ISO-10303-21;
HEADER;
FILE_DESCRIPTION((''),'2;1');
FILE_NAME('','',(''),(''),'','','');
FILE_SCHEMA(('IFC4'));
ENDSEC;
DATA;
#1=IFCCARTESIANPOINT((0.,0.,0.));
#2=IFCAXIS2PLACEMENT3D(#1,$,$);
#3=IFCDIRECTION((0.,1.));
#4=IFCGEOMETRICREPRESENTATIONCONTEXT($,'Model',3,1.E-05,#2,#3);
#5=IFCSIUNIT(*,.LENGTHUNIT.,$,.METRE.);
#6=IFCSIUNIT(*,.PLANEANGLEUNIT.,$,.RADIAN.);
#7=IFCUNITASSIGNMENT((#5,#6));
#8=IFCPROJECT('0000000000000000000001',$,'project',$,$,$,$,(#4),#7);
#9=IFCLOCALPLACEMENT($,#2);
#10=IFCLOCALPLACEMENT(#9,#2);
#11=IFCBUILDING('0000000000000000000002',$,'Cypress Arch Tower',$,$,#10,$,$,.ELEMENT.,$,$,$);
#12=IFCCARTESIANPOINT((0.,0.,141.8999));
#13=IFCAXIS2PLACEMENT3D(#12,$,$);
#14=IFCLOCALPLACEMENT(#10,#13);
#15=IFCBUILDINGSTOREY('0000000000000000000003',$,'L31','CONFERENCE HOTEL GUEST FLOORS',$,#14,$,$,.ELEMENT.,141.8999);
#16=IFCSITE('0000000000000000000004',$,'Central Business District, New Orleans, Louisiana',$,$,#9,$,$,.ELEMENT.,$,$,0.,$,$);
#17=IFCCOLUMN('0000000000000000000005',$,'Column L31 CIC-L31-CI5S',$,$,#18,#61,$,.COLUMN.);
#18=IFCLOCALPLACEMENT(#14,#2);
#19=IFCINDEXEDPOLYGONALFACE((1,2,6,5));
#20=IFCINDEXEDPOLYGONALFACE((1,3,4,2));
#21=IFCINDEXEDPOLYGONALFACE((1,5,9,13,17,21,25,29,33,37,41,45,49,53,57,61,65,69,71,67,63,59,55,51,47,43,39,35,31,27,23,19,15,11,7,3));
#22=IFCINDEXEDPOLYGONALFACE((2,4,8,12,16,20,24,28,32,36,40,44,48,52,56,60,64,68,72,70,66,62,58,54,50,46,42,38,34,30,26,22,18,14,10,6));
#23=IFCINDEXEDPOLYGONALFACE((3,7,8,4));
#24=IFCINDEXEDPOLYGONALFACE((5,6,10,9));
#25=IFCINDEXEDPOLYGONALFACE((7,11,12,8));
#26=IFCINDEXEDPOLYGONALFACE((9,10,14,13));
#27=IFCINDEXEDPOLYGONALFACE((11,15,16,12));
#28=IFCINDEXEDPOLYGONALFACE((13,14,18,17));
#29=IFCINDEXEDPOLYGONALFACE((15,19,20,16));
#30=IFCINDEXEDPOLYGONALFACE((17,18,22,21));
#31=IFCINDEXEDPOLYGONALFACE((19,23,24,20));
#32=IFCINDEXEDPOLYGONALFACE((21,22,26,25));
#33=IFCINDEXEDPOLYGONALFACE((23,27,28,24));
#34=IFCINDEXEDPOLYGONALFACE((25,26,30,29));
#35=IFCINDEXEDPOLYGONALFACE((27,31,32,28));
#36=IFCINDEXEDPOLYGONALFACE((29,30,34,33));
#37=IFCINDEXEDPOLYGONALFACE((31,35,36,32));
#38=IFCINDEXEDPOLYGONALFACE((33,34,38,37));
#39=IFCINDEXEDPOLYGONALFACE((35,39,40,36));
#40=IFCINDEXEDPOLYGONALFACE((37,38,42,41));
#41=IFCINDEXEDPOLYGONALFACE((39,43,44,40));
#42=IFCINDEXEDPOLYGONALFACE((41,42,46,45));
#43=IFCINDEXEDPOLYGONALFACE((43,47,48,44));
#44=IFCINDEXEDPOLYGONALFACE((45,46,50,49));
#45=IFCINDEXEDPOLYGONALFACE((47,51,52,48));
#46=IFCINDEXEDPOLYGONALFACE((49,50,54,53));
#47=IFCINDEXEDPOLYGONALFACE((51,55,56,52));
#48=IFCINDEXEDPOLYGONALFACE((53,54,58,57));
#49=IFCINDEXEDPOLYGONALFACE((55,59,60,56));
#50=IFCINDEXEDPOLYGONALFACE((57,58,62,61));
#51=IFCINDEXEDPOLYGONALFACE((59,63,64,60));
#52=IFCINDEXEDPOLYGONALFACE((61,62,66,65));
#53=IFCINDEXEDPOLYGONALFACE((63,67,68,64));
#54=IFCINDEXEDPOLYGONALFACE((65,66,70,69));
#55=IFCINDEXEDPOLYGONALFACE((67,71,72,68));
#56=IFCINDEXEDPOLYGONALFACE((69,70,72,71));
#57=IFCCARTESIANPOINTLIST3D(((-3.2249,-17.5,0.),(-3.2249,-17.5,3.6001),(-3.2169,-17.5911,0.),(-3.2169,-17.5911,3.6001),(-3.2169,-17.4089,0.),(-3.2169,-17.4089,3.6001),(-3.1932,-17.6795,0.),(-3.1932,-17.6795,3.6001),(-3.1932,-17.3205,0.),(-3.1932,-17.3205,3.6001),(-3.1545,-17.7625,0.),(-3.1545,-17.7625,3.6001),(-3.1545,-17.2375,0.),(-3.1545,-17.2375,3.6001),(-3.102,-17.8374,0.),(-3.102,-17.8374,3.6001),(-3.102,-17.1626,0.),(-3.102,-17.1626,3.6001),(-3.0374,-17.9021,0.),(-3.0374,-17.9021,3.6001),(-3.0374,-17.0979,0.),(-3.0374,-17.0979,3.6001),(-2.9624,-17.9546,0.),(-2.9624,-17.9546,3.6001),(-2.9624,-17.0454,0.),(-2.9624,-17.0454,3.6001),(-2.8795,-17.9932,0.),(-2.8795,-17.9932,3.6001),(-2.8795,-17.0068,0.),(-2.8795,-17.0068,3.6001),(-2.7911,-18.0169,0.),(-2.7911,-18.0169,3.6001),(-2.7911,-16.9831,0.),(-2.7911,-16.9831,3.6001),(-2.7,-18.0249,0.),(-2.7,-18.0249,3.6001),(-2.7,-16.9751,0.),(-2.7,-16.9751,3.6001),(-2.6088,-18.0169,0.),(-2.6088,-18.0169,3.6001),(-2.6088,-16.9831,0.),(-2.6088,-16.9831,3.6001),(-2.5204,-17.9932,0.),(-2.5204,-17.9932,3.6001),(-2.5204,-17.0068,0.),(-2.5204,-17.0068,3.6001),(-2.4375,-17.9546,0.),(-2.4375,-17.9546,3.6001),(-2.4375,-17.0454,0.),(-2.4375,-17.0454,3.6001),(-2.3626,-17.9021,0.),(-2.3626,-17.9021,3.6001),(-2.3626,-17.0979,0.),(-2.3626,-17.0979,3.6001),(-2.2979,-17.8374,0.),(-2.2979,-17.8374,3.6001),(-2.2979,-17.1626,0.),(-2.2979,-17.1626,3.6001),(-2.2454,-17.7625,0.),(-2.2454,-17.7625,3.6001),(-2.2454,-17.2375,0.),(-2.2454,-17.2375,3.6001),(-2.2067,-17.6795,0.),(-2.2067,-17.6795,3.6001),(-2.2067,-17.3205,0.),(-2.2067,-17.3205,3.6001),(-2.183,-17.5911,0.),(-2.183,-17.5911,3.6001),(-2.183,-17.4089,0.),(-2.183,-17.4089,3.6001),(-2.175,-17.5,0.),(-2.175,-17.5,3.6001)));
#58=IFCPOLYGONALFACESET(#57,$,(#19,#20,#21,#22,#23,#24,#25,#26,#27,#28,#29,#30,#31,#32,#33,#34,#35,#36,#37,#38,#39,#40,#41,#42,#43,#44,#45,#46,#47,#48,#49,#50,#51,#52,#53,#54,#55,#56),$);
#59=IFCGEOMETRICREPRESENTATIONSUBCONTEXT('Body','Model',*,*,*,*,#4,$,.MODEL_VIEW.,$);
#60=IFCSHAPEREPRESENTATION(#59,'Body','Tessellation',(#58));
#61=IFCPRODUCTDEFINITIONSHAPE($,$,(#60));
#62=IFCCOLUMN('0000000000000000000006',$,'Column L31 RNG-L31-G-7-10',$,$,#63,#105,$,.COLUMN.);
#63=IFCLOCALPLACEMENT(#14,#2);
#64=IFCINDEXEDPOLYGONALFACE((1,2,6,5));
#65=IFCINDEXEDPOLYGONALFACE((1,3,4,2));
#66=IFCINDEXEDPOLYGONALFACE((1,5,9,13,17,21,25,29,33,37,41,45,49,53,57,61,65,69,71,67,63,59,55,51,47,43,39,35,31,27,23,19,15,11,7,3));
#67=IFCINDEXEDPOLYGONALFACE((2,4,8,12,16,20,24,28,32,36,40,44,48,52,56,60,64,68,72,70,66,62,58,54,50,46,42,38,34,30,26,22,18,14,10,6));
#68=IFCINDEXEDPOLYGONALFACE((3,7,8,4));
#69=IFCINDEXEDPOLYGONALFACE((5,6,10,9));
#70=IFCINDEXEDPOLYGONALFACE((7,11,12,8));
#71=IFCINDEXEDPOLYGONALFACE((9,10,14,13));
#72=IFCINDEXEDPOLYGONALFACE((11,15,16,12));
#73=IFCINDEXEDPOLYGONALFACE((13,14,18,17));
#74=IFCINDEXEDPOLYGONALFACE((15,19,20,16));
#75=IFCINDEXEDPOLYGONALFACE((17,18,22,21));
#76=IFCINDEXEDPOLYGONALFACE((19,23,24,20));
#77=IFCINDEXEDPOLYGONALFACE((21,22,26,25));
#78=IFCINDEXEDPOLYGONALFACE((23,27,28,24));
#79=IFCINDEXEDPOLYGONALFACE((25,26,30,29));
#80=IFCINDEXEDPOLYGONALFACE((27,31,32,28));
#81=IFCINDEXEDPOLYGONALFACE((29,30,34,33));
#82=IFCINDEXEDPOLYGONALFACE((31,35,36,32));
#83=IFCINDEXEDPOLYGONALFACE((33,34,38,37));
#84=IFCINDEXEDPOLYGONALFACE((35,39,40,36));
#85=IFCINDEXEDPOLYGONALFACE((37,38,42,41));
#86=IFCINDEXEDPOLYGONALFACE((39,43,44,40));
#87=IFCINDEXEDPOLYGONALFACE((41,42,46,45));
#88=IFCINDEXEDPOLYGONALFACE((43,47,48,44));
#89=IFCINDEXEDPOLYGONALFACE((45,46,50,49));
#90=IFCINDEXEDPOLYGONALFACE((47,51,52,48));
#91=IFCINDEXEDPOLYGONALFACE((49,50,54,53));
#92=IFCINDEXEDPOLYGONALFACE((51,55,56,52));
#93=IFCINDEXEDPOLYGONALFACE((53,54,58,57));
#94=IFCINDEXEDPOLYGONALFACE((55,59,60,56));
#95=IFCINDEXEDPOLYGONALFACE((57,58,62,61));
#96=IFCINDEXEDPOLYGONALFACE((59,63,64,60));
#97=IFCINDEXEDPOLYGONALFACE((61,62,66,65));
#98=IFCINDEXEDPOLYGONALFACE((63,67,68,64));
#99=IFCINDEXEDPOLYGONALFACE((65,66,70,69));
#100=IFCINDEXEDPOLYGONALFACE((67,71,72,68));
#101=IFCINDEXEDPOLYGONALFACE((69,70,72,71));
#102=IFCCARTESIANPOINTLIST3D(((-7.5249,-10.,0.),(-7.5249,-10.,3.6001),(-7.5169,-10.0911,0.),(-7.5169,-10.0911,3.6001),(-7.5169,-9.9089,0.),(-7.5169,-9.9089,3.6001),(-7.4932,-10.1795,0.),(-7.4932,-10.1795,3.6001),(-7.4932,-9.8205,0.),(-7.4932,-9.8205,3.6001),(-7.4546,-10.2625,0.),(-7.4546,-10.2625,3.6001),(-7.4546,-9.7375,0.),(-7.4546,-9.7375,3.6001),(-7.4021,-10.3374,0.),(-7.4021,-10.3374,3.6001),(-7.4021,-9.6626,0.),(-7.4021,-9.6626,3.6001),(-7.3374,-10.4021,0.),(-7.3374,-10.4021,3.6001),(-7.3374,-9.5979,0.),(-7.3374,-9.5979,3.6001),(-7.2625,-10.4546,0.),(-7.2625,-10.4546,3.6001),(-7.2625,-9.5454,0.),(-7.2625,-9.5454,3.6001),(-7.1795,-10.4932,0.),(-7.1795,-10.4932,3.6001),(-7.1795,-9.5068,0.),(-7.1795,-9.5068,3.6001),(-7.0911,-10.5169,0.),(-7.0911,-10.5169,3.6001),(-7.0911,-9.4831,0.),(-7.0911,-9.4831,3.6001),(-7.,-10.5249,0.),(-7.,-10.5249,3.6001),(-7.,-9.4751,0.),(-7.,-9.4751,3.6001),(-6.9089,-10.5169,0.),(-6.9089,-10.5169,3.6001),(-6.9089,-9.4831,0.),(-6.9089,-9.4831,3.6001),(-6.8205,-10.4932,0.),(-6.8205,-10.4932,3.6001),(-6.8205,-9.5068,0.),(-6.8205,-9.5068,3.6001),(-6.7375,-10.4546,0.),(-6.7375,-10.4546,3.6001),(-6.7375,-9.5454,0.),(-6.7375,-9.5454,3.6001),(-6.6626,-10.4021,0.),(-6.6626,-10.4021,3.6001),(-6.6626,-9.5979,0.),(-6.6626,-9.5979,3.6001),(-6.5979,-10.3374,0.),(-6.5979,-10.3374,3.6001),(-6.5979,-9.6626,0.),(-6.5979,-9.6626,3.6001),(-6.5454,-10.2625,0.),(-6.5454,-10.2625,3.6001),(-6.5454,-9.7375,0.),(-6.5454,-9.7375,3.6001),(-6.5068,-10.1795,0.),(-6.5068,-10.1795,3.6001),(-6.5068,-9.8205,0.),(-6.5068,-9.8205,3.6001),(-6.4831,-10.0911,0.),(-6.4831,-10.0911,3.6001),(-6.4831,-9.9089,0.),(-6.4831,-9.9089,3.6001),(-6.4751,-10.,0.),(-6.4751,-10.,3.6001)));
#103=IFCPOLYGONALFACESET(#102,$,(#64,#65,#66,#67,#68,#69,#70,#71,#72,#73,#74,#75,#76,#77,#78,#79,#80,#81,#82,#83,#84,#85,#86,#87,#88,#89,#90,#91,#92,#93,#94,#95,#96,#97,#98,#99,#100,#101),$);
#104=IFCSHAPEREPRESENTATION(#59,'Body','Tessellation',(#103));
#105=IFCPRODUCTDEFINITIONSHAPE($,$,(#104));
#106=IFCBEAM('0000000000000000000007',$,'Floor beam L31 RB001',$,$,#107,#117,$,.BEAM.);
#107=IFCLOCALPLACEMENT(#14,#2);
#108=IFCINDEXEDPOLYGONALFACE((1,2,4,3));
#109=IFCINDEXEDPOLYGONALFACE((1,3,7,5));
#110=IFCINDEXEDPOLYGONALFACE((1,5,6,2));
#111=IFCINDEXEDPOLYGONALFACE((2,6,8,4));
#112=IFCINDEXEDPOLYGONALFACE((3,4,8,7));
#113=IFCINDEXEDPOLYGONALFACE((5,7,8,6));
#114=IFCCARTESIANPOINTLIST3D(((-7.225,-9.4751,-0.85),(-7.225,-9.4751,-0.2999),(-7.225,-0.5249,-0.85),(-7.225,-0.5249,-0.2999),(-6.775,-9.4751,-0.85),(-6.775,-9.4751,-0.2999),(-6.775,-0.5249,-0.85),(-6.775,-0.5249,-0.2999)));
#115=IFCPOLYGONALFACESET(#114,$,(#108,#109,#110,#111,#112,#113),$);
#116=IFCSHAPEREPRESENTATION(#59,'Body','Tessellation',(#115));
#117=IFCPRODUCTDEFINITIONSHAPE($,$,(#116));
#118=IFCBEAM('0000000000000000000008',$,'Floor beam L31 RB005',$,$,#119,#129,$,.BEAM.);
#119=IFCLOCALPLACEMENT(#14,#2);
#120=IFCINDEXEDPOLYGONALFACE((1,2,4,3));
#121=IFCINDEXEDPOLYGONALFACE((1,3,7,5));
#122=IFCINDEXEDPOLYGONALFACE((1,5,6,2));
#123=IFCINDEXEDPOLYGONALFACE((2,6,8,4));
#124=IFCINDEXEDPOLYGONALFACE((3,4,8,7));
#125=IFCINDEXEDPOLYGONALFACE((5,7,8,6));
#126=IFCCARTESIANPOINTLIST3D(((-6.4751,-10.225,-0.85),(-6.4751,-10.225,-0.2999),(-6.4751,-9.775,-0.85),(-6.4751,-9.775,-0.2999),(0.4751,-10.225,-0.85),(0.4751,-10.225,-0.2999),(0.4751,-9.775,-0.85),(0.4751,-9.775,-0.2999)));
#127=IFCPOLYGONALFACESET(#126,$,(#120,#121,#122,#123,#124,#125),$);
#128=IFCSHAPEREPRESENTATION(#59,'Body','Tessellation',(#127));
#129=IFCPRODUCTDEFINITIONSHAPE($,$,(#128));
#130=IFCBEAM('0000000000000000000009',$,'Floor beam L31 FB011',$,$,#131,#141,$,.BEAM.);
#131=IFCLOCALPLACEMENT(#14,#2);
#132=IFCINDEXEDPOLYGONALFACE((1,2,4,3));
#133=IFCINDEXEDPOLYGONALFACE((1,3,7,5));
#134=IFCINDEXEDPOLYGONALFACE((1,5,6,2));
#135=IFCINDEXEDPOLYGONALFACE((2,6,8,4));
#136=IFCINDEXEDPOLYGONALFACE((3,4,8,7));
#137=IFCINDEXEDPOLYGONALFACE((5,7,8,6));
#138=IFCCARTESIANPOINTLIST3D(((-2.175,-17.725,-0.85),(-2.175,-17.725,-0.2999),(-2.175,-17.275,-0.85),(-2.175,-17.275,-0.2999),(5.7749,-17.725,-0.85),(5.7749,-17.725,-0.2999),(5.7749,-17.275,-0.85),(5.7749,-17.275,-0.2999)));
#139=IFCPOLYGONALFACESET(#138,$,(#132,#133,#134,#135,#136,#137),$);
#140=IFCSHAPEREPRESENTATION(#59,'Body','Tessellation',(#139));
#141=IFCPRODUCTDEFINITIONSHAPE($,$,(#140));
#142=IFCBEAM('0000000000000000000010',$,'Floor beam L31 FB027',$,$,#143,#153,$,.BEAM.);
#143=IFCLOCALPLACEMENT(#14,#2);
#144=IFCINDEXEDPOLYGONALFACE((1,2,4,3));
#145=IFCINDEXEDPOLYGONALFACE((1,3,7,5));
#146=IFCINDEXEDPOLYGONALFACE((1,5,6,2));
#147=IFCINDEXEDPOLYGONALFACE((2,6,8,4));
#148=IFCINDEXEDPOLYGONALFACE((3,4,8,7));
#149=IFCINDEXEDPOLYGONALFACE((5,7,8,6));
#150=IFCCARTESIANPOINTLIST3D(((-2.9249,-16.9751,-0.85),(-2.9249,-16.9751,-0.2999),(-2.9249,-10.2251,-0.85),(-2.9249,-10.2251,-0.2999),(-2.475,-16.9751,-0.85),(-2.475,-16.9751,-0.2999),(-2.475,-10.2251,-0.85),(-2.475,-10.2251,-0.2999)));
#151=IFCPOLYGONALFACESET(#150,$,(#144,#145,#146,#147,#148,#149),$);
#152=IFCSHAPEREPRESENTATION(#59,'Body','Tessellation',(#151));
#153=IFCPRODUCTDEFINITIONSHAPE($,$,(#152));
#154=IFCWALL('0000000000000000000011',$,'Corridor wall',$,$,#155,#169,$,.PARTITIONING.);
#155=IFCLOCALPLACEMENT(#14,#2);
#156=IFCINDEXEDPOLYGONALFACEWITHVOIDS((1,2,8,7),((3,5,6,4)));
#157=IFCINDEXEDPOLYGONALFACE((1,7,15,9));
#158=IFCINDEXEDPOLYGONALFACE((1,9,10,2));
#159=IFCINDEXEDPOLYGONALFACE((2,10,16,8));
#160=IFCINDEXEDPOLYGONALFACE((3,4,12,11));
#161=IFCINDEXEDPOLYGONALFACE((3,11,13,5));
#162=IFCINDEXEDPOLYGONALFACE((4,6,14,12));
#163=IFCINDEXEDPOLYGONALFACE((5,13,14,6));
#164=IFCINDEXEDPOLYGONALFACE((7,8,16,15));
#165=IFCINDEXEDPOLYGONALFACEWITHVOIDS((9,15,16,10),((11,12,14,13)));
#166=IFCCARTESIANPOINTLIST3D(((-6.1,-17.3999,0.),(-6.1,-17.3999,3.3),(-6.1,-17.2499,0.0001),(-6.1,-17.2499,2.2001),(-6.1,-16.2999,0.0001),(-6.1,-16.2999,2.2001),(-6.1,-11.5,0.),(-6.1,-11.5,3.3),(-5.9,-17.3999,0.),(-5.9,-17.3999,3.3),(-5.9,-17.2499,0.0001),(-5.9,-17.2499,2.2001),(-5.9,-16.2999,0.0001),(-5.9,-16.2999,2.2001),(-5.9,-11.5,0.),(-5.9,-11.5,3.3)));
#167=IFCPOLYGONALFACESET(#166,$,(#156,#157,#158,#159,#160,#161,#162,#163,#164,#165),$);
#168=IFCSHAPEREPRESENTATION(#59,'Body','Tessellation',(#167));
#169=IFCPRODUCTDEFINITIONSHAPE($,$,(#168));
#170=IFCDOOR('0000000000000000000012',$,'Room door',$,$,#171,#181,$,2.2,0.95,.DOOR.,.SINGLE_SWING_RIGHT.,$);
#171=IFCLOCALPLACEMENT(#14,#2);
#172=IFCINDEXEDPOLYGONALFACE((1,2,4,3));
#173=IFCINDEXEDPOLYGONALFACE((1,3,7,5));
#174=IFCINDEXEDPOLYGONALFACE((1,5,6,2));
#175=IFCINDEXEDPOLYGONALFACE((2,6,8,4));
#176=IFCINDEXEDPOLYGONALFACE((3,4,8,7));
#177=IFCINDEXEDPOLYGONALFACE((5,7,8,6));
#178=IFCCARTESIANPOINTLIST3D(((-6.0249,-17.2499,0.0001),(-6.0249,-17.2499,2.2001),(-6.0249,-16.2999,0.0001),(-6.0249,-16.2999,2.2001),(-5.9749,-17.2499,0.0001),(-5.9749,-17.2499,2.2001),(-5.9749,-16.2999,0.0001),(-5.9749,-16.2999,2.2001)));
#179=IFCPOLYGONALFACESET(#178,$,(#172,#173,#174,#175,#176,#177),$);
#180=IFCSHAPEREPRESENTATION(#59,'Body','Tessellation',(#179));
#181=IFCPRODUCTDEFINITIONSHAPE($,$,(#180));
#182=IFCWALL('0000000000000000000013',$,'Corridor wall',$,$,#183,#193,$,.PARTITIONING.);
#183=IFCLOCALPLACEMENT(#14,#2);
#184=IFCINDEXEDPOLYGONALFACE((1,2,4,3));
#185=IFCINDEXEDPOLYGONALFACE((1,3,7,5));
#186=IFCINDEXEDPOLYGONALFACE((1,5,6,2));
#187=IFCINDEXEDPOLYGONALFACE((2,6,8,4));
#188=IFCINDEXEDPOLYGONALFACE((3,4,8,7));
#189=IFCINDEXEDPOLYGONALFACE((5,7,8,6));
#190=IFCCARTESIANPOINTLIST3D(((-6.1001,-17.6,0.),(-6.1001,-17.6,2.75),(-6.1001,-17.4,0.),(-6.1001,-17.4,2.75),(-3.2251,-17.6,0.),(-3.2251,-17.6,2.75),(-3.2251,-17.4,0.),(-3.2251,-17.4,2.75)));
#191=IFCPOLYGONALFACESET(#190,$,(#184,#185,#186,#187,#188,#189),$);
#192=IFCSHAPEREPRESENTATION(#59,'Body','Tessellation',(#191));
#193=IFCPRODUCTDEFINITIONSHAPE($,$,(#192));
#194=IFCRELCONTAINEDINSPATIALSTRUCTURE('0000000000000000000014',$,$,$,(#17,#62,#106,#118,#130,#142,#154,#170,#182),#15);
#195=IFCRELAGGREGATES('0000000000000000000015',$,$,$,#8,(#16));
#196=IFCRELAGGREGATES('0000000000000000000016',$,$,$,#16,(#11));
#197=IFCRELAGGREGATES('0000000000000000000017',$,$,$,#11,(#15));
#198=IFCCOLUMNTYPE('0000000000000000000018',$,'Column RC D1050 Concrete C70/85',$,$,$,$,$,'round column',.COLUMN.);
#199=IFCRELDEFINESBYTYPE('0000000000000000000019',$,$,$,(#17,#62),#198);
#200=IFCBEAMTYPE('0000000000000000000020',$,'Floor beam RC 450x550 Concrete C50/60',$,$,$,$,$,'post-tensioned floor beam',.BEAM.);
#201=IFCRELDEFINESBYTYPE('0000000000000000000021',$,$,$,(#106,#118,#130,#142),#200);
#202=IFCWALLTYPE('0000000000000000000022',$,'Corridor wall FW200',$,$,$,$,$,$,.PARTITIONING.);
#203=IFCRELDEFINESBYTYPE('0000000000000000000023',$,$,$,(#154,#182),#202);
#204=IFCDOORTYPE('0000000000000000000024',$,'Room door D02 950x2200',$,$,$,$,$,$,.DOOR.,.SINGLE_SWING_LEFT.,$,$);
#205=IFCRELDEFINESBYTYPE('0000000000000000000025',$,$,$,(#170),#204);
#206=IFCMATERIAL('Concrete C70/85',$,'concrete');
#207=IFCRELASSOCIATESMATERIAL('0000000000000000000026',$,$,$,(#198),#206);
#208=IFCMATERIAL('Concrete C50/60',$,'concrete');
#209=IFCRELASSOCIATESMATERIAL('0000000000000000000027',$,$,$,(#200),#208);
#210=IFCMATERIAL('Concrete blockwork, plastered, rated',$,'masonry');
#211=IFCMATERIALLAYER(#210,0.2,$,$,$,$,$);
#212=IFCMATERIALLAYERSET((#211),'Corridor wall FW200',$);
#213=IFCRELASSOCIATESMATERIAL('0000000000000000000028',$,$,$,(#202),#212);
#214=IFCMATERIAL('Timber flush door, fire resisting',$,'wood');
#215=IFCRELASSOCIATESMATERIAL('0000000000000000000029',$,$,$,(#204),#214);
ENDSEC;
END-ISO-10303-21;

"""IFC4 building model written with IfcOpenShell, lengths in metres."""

from ifc_helpers import new_model, si_unit, direction, frame, frame_2d, origin, origin_2d, place, context, subcontext, project, spatial, rectangle, circle, extrude, material, layer, layer_set, material_profile, profile_set, type_object, element, fill, save


model = new_model("IFC4")

# Units and contexts
model_context = context("Model", 3, precision=1e-05, world=origin(), true_north=direction((0.0, 1.0)))
body_context = subcontext(model_context, "Body", "Model", "MODEL_VIEW")
ifc_project = project(units=[si_unit("LENGTHUNIT", "METRE"), si_unit("PLANEANGLEUNIT", "RADIAN")], contexts=[model_context])

# Site, building, storey
site_placement = place(None, origin())
site = spatial("IfcSite", under=ifc_project, at=site_placement, Name="Central Business District, New Orleans, Louisiana", CompositionType="ELEMENT", RefElevation=0.0)
building_placement = place(site_placement, origin())
building = spatial("IfcBuilding", under=site, at=building_placement, Name="Cypress Arch Tower", CompositionType="ELEMENT")
storey_placement = place(building_placement, frame((0.0, 0.0, 141.8999)))
storey = spatial("IfcBuildingStorey", under=building, at=storey_placement, Name="L31", Description="CONFERENCE HOTEL GUEST FLOORS", CompositionType="ELEMENT", Elevation=141.8999)

# Columns
ifc_material_1 = material(Name="Concrete C70/85", Category="concrete")
ifc_material_profile_1 = material_profile(ifc_material_1, circle(Radius=0.5249, at=origin_2d()), Name="RC D1050")
ifc_profile_set_1 = profile_set([ifc_material_profile_1], Name="Concrete C70/85")
column_type = type_object("IfcColumnType", Name="Column RC D1050 Concrete C70/85", ElementType="round column", PredefinedType="COLUMN", material=ifc_profile_set_1)
for number, where, z_axis, x_axis, name in (
    (1, (-2.7, -17.5, 0.0), (0.0, 0.0, 1.0), (1.0, 0.0, 0.0), "Column L31 CIC-L31-CI5S"),
    (2, (-7.0, -10.0, 0.0), (0.0, 0.0, 1.0), (1.0, 0.0, 0.0), "Column L31 RNG-L31-G-7-10"),
):
    element("IfcColumn", number, at=place(storey_placement, frame(where, z_axis=z_axis, x_axis=x_axis)), inside=storey, type_object=column_type, Name=name, PredefinedType="COLUMN", context=body_context, shape_type="SweptSolid", body=[
        extrude(circle(Radius=0.5249, at=origin_2d()), origin(), (0.0, 0.0, 1.0), 3.6001),
    ])

# Beams
ifc_material_2 = material(Name="Concrete C50/60", Category="concrete")
ifc_material_profile_2 = material_profile(ifc_material_2, rectangle(XDim=0.45, YDim=0.55, at=origin_2d()), Name="RC 450x550")
ifc_profile_set_2 = profile_set([ifc_material_profile_2], Name="Concrete C50/60")
beam_type = type_object("IfcBeamType", Name="Floor beam RC 450x550 Concrete C50/60", ElementType="post-tensioned floor beam", PredefinedType="BEAM", material=ifc_profile_set_2)
beam_1_placement = place(storey_placement, frame((-7.0, -9.4751, -0.575), z_axis=(0.0, 1.0, 0.0), x_axis=(-1.0, 0.0, 0.0)))
element("IfcBeam", 3, at=beam_1_placement, inside=storey, type_object=beam_type, Name="Floor beam L31 RB001", PredefinedType="BEAM", context=body_context, shape_type="SweptSolid", body=[
    extrude(rectangle(XDim=0.45, YDim=0.55, at=origin_2d()), origin(), (0.0, 0.0, 1.0), 8.9502),
])
beam_2_placement = place(storey_placement, frame((-6.4751, -10.0, -0.575), z_axis=(1.0, 0.0, 0.0), x_axis=(0.0, 1.0, 0.0)))
element("IfcBeam", 4, at=beam_2_placement, inside=storey, type_object=beam_type, Name="Floor beam L31 RB005", PredefinedType="BEAM", context=body_context, shape_type="SweptSolid", body=[
    extrude(rectangle(XDim=0.45, YDim=0.55, at=origin_2d()), origin(), (0.0, 0.0, 1.0), 6.9502),
])
beam_3_placement = place(storey_placement, frame((-2.175, -17.5, -0.575), z_axis=(1.0, 0.0, 0.0), x_axis=(0.0, 1.0, 0.0)))
element("IfcBeam", 5, at=beam_3_placement, inside=storey, type_object=beam_type, Name="Floor beam L31 FB011", PredefinedType="BEAM", context=body_context, shape_type="SweptSolid", body=[
    extrude(rectangle(XDim=0.45, YDim=0.55, at=origin_2d()), origin(), (0.0, 0.0, 1.0), 7.95),
])
beam_4_placement = place(storey_placement, frame((-2.7, -16.9751, -0.575), z_axis=(0.0, 1.0, 0.0), x_axis=(-1.0, 0.0, 0.0)))
element("IfcBeam", 6, at=beam_4_placement, inside=storey, type_object=beam_type, Name="Floor beam L31 FB027", PredefinedType="BEAM", context=body_context, shape_type="SweptSolid", body=[
    extrude(rectangle(XDim=0.45, YDim=0.55, at=origin_2d()), origin(), (0.0, 0.0, 1.0), 6.75),
])

# Wall, opening, door
ifc_material_3 = material(Name="Concrete blockwork, plastered, rated", Category="masonry")
ifc_layer_1 = layer(ifc_material_3, 0.2)
ifc_layer_set_1 = layer_set([ifc_layer_1], Name="Corridor wall FW200")
wall_type_1 = type_object("IfcWallType", Name="Corridor wall FW200", PredefinedType="PARTITIONING", material=ifc_layer_set_1)
wall_1_placement = place(storey_placement, frame((-6.0, -17.3999, 0.0), z_axis=(0.0, 0.0, 1.0), x_axis=(0.0, 1.0, 0.0)))
wall_1 = element("IfcWall", 7, at=wall_1_placement, inside=storey, type_object=wall_type_1, Name="Corridor wall", PredefinedType="PARTITIONING", context=body_context, shape_type="SweptSolid", body=[
    extrude(rectangle(XDim=5.8999, YDim=0.2, at=frame_2d((2.95, 0.0))), origin(), (0.0, 0.0, 1.0), 3.3),
])
opening_1_placement = place(wall_1_placement, frame((0.1499, 0.0, 0.0)))
opening_1 = element("IfcOpeningElement", 8, at=opening_1_placement, cuts=wall_1, PredefinedType="OPENING", context=body_context, shape_type="SweptSolid", body=[
    extrude(rectangle(XDim=0.95, YDim=2.2, at=frame_2d((0.4751, 1.1001))), frame((0.0, 0.1099, 0.0), z_axis=(0.0, -1.0, 0.0), x_axis=(1.0, 0.0, 0.0)), (0.0, 0.0, 1.0), 0.22),
])
ifc_material_4 = material(Name="Timber flush door, fire resisting", Category="wood")
door_type = type_object("IfcDoorType", Name="Room door D02 950x2200", OperationType="SINGLE_SWING_LEFT", PredefinedType="DOOR", material=ifc_material_4)
door_1_placement = place(opening_1_placement, origin())
door_1 = element("IfcDoor", 9, at=door_1_placement, inside=storey, type_object=door_type, Name="Room door", OperationType="SINGLE_SWING_RIGHT", OverallHeight=2.2, OverallWidth=0.95, PredefinedType="DOOR", context=body_context, shape_type="SweptSolid", body=[
    extrude(rectangle(XDim=0.95, YDim=2.2, at=frame_2d((0.4751, 1.1001))), frame((0.0, 0.0249, 0.0), z_axis=(0.0, -1.0, 0.0), x_axis=(1.0, 0.0, 0.0)), (0.0, 0.0, 1.0), 0.05),
])
fill(opening_1, door_1)

# Wall
wall_2_placement = place(storey_placement, frame((-6.1001, -17.5, 0.0), z_axis=(0.0, 0.0, 1.0), x_axis=(1.0, 0.0, 0.0)))
element("IfcWall", 10, at=wall_2_placement, inside=storey, type_object=wall_type_1, Name="Corridor wall", PredefinedType="PARTITIONING", context=body_context, shape_type="SweptSolid", body=[
    extrude(rectangle(XDim=2.875, YDim=0.2, at=frame_2d((1.4375, 0.0))), origin(), (0.0, 0.0, 1.0), 2.75),
])

save(model, "model.ifc")
